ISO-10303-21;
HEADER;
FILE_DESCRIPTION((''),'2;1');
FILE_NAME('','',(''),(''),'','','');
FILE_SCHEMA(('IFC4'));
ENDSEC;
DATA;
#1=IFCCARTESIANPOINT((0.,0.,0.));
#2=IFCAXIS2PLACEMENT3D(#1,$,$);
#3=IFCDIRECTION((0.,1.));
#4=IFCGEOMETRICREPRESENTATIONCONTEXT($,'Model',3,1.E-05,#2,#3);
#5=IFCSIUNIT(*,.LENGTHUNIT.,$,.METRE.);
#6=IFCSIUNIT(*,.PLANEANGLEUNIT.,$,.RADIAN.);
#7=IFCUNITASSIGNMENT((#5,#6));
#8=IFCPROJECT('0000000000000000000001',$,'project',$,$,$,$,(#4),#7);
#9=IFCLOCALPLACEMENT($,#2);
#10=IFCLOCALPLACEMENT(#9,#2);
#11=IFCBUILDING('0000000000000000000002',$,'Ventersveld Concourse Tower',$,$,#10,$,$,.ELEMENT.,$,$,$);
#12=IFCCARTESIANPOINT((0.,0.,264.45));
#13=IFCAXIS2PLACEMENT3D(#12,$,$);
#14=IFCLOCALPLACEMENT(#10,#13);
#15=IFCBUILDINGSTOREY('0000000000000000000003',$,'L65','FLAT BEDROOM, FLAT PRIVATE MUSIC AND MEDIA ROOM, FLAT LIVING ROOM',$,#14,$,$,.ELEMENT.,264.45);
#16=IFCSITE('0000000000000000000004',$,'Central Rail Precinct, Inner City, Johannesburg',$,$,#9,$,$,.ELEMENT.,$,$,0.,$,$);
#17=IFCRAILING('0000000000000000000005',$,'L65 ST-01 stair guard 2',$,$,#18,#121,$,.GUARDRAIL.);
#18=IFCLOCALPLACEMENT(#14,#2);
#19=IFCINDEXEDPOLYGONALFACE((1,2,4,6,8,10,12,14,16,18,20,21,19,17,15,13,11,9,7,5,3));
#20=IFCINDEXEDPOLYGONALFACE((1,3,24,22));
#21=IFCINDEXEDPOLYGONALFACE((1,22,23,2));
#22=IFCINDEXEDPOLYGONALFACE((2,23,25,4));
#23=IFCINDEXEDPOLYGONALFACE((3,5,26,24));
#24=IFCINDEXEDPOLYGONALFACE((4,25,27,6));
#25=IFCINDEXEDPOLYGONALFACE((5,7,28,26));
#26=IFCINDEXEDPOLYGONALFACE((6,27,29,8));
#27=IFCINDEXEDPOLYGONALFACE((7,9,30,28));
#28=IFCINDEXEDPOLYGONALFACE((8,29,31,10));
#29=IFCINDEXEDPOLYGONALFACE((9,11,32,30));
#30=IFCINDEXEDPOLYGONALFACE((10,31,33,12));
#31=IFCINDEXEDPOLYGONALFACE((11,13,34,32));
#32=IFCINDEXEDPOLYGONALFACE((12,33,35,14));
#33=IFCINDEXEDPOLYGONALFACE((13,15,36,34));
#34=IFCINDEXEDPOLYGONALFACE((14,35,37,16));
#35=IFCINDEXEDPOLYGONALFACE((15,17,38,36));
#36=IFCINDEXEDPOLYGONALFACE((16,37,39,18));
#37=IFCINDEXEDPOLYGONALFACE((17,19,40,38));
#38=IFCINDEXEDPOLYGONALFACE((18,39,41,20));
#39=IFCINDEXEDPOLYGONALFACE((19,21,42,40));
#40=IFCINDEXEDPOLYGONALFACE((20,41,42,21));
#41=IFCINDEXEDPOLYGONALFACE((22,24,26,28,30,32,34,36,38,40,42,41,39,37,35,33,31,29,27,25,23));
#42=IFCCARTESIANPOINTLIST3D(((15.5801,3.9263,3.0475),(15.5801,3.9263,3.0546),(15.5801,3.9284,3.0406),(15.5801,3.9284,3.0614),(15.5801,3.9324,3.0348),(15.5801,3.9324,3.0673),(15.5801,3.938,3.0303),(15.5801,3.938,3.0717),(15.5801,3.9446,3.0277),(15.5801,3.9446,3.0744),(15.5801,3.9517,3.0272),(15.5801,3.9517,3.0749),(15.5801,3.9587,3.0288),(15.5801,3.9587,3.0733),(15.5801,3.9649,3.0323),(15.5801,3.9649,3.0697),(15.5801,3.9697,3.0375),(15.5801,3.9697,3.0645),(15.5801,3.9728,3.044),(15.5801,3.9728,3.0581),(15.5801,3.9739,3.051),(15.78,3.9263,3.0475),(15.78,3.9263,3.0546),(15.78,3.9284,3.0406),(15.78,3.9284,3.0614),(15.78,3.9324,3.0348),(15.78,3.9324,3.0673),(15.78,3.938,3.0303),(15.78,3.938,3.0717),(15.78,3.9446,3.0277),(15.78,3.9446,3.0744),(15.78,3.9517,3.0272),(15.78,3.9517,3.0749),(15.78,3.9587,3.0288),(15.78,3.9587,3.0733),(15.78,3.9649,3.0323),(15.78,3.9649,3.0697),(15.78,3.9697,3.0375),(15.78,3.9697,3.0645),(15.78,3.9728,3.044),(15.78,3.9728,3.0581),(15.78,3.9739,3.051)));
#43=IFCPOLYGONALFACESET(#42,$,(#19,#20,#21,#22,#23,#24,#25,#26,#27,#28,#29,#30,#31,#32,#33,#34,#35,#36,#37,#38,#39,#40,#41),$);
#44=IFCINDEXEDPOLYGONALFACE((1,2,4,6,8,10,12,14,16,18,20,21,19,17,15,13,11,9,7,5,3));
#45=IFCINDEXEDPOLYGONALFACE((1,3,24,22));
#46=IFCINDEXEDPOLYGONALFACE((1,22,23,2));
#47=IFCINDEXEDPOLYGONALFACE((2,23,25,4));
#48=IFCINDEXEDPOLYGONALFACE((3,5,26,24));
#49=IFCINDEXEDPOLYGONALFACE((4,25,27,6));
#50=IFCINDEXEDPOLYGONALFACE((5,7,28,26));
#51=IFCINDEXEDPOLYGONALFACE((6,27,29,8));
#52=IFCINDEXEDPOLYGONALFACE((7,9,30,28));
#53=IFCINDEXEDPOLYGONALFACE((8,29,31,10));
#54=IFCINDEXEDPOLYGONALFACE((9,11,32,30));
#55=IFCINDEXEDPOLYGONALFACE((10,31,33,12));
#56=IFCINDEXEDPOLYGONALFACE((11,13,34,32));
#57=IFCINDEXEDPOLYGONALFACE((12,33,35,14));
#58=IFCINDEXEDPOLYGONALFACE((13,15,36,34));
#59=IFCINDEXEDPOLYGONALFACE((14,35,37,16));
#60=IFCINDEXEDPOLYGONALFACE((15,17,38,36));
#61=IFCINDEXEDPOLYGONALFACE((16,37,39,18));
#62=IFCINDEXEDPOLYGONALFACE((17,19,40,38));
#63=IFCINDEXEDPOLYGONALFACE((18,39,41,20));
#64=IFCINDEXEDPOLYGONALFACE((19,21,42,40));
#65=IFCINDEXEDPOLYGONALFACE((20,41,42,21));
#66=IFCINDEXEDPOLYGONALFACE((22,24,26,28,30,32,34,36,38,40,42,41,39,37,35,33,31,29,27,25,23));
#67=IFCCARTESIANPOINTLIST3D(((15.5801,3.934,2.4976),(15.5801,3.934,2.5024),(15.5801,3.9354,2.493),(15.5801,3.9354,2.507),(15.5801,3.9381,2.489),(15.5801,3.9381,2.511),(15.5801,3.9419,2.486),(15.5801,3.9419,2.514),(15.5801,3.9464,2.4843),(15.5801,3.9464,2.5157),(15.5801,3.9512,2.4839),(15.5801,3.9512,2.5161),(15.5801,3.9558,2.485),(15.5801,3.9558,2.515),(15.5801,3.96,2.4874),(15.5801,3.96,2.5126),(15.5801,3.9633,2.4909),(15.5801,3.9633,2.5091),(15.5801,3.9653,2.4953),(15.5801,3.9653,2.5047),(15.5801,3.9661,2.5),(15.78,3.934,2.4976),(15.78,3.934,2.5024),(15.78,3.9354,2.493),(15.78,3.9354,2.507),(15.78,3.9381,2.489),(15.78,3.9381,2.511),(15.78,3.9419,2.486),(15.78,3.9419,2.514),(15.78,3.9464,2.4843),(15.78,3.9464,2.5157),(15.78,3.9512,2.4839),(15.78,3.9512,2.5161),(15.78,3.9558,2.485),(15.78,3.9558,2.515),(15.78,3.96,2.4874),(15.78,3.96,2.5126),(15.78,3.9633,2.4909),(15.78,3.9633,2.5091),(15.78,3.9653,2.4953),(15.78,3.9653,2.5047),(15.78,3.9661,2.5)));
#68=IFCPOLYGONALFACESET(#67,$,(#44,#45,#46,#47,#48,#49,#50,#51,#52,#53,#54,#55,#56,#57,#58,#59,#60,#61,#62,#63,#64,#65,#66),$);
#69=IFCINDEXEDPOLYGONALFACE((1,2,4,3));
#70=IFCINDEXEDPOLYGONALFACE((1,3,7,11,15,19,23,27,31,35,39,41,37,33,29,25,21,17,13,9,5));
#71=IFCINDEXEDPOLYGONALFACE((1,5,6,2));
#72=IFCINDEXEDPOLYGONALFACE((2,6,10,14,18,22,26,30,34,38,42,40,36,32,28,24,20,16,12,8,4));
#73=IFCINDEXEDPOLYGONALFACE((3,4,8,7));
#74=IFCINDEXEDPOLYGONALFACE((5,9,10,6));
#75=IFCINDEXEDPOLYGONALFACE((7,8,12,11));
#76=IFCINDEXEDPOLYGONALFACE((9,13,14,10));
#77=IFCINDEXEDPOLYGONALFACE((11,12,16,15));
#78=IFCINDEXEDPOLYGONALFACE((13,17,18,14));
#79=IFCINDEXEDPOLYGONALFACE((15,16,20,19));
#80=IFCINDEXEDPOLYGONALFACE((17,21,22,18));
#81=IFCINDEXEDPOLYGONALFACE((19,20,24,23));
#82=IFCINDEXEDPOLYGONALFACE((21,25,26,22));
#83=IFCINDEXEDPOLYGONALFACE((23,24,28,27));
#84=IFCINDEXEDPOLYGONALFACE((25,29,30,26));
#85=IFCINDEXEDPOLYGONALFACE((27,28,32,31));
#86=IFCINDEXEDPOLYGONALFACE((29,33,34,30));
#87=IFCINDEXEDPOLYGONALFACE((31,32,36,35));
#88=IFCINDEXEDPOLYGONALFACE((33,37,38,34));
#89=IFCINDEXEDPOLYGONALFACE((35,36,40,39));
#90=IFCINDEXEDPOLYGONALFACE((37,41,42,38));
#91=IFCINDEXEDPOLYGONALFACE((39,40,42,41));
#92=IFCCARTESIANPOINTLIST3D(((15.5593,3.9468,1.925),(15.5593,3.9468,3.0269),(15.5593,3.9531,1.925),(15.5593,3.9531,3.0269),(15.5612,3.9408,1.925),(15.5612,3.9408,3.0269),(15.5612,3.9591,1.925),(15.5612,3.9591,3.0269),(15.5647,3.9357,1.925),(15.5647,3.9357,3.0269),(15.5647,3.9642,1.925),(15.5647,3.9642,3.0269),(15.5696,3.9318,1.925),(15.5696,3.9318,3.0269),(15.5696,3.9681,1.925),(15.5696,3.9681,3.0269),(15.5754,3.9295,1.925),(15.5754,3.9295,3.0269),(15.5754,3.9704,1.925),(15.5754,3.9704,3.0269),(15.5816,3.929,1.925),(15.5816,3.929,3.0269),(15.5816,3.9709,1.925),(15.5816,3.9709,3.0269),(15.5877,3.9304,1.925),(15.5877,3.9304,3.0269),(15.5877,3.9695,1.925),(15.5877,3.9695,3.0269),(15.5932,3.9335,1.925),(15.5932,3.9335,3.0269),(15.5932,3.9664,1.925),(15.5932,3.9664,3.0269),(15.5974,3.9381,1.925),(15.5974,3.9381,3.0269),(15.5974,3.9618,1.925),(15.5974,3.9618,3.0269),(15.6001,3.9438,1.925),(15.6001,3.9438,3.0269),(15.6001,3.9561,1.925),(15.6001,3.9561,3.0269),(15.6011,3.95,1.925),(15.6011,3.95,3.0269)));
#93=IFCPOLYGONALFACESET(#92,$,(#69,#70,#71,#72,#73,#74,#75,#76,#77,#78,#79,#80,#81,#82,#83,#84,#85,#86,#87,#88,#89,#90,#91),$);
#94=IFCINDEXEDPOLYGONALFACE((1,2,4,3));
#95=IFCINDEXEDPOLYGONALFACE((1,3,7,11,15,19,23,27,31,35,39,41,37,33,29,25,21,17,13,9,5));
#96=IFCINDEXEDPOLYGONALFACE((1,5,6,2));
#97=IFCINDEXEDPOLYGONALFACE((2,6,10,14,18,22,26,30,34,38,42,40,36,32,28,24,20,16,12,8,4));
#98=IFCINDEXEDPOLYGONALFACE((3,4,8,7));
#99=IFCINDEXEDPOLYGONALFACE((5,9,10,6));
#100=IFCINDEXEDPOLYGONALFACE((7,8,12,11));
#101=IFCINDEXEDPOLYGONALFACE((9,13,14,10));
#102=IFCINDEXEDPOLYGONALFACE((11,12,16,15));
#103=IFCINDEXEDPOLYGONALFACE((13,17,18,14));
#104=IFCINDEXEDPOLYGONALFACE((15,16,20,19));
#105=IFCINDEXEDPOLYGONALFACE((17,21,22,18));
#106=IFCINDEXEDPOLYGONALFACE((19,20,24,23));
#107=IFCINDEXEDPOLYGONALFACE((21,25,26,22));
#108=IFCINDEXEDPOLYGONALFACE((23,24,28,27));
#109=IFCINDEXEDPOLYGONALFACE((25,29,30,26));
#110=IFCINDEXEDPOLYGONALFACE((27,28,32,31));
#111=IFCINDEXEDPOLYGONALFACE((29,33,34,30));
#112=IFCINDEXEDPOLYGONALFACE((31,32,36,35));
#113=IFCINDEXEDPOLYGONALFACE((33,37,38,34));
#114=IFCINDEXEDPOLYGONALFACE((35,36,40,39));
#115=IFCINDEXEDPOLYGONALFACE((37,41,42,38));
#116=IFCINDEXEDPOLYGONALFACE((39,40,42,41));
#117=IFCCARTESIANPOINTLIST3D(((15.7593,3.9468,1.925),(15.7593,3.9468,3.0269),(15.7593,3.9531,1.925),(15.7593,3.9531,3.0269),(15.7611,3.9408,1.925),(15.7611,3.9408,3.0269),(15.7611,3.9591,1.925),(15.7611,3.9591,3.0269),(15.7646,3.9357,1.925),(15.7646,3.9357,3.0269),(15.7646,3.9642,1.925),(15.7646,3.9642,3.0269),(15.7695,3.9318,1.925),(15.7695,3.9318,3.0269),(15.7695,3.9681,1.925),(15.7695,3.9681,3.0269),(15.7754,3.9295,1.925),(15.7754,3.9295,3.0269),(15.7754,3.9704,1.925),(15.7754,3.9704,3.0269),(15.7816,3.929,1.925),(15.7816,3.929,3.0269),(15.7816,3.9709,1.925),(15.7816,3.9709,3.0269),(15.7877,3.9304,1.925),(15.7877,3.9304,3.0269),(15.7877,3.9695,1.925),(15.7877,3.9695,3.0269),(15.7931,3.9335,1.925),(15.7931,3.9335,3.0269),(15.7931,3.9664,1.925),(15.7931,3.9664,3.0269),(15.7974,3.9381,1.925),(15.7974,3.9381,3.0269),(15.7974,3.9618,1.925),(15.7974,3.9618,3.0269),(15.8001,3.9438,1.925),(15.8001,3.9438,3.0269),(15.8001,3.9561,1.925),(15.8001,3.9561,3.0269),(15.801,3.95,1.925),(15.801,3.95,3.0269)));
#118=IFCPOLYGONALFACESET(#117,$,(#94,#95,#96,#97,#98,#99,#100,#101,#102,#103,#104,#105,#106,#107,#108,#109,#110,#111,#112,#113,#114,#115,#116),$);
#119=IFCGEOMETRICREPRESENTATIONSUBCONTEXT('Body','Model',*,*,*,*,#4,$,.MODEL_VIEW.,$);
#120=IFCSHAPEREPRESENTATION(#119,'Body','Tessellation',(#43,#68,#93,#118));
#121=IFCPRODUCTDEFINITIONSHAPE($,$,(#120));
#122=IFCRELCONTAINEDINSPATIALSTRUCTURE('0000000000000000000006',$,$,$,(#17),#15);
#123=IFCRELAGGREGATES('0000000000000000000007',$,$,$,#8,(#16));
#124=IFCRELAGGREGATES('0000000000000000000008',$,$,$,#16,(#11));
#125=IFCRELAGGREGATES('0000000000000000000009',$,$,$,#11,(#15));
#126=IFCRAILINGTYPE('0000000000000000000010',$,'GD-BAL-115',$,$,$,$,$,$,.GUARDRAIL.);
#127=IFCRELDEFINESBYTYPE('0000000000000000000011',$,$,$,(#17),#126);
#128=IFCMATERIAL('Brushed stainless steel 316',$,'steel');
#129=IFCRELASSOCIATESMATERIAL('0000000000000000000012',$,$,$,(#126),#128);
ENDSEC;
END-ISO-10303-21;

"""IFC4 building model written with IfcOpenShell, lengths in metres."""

from ifc_helpers import new_model, si_unit, direction, frame, origin, origin_2d, place, context, subcontext, project, spatial, circle, extrude, material, type_object, element, save


model = new_model("IFC4")

# Units and contexts
model_context = context("Model", 3, precision=1e-05, world=origin(), true_north=direction((0.0, 1.0)))
body_context = subcontext(model_context, "Body", "Model", "MODEL_VIEW")
ifc_project = project(units=[si_unit("LENGTHUNIT", "METRE"), si_unit("PLANEANGLEUNIT", "RADIAN")], contexts=[model_context])

# Site, building, storey
site_placement = place(None, origin())
site = spatial("IfcSite", under=ifc_project, at=site_placement, Name="Central Rail Precinct, Inner City, Johannesburg", CompositionType="ELEMENT", RefElevation=0.0)
building_placement = place(site_placement, origin())
building = spatial("IfcBuilding", under=site, at=building_placement, Name="Ventersveld Concourse Tower", CompositionType="ELEMENT")
storey_placement = place(building_placement, frame((0.0, 0.0, 264.45)))
storey = spatial("IfcBuildingStorey", under=building, at=storey_placement, Name="L65", Description="FLAT BEDROOM, FLAT PRIVATE MUSIC AND MEDIA ROOM, FLAT LIVING ROOM", CompositionType="ELEMENT", Elevation=264.45)

# Shared definitions
ifc_material_1 = material(Name="Brushed stainless steel 316", Category="steel")

# Railing
railing_type_1 = type_object("IfcRailingType", Name="GD-BAL-115", PredefinedType="GUARDRAIL", material=ifc_material_1)
railing_1_placement = place(storey_placement, frame((15.5801, 3.95, 1.925)))
element("IfcRailing", 1, at=railing_1_placement, inside=storey, type_object=railing_type_1, Name="L65 ST-01 stair guard 2", PredefinedType="GUARDRAIL", context=body_context, shape_type="SweptSolid", body=[
    extrude(circle(Radius=0.0239, at=origin_2d()), frame((0.0, 0.0, 1.126), z_axis=(1.0, 0.0, 0.0), x_axis=(0.0, 1.0, 0.0)), (0.0, 0.0, 1.0), 0.2),
    extrude(circle(Radius=0.0161, at=origin_2d()), frame((0.0, 0.0, 0.575), z_axis=(1.0, 0.0, 0.0), x_axis=(0.0, 1.0, 0.0)), (0.0, 0.0, 1.0), 0.2),
    extrude(circle(Radius=0.021, at=origin_2d()), origin(), (0.0, 0.0, 1.0), 1.1018),
    extrude(circle(Radius=0.021, at=origin_2d()), frame((0.2, 0.0, 0.0)), (0.0, 0.0, 1.0), 1.1018),
])

save(model, "model.ifc")
